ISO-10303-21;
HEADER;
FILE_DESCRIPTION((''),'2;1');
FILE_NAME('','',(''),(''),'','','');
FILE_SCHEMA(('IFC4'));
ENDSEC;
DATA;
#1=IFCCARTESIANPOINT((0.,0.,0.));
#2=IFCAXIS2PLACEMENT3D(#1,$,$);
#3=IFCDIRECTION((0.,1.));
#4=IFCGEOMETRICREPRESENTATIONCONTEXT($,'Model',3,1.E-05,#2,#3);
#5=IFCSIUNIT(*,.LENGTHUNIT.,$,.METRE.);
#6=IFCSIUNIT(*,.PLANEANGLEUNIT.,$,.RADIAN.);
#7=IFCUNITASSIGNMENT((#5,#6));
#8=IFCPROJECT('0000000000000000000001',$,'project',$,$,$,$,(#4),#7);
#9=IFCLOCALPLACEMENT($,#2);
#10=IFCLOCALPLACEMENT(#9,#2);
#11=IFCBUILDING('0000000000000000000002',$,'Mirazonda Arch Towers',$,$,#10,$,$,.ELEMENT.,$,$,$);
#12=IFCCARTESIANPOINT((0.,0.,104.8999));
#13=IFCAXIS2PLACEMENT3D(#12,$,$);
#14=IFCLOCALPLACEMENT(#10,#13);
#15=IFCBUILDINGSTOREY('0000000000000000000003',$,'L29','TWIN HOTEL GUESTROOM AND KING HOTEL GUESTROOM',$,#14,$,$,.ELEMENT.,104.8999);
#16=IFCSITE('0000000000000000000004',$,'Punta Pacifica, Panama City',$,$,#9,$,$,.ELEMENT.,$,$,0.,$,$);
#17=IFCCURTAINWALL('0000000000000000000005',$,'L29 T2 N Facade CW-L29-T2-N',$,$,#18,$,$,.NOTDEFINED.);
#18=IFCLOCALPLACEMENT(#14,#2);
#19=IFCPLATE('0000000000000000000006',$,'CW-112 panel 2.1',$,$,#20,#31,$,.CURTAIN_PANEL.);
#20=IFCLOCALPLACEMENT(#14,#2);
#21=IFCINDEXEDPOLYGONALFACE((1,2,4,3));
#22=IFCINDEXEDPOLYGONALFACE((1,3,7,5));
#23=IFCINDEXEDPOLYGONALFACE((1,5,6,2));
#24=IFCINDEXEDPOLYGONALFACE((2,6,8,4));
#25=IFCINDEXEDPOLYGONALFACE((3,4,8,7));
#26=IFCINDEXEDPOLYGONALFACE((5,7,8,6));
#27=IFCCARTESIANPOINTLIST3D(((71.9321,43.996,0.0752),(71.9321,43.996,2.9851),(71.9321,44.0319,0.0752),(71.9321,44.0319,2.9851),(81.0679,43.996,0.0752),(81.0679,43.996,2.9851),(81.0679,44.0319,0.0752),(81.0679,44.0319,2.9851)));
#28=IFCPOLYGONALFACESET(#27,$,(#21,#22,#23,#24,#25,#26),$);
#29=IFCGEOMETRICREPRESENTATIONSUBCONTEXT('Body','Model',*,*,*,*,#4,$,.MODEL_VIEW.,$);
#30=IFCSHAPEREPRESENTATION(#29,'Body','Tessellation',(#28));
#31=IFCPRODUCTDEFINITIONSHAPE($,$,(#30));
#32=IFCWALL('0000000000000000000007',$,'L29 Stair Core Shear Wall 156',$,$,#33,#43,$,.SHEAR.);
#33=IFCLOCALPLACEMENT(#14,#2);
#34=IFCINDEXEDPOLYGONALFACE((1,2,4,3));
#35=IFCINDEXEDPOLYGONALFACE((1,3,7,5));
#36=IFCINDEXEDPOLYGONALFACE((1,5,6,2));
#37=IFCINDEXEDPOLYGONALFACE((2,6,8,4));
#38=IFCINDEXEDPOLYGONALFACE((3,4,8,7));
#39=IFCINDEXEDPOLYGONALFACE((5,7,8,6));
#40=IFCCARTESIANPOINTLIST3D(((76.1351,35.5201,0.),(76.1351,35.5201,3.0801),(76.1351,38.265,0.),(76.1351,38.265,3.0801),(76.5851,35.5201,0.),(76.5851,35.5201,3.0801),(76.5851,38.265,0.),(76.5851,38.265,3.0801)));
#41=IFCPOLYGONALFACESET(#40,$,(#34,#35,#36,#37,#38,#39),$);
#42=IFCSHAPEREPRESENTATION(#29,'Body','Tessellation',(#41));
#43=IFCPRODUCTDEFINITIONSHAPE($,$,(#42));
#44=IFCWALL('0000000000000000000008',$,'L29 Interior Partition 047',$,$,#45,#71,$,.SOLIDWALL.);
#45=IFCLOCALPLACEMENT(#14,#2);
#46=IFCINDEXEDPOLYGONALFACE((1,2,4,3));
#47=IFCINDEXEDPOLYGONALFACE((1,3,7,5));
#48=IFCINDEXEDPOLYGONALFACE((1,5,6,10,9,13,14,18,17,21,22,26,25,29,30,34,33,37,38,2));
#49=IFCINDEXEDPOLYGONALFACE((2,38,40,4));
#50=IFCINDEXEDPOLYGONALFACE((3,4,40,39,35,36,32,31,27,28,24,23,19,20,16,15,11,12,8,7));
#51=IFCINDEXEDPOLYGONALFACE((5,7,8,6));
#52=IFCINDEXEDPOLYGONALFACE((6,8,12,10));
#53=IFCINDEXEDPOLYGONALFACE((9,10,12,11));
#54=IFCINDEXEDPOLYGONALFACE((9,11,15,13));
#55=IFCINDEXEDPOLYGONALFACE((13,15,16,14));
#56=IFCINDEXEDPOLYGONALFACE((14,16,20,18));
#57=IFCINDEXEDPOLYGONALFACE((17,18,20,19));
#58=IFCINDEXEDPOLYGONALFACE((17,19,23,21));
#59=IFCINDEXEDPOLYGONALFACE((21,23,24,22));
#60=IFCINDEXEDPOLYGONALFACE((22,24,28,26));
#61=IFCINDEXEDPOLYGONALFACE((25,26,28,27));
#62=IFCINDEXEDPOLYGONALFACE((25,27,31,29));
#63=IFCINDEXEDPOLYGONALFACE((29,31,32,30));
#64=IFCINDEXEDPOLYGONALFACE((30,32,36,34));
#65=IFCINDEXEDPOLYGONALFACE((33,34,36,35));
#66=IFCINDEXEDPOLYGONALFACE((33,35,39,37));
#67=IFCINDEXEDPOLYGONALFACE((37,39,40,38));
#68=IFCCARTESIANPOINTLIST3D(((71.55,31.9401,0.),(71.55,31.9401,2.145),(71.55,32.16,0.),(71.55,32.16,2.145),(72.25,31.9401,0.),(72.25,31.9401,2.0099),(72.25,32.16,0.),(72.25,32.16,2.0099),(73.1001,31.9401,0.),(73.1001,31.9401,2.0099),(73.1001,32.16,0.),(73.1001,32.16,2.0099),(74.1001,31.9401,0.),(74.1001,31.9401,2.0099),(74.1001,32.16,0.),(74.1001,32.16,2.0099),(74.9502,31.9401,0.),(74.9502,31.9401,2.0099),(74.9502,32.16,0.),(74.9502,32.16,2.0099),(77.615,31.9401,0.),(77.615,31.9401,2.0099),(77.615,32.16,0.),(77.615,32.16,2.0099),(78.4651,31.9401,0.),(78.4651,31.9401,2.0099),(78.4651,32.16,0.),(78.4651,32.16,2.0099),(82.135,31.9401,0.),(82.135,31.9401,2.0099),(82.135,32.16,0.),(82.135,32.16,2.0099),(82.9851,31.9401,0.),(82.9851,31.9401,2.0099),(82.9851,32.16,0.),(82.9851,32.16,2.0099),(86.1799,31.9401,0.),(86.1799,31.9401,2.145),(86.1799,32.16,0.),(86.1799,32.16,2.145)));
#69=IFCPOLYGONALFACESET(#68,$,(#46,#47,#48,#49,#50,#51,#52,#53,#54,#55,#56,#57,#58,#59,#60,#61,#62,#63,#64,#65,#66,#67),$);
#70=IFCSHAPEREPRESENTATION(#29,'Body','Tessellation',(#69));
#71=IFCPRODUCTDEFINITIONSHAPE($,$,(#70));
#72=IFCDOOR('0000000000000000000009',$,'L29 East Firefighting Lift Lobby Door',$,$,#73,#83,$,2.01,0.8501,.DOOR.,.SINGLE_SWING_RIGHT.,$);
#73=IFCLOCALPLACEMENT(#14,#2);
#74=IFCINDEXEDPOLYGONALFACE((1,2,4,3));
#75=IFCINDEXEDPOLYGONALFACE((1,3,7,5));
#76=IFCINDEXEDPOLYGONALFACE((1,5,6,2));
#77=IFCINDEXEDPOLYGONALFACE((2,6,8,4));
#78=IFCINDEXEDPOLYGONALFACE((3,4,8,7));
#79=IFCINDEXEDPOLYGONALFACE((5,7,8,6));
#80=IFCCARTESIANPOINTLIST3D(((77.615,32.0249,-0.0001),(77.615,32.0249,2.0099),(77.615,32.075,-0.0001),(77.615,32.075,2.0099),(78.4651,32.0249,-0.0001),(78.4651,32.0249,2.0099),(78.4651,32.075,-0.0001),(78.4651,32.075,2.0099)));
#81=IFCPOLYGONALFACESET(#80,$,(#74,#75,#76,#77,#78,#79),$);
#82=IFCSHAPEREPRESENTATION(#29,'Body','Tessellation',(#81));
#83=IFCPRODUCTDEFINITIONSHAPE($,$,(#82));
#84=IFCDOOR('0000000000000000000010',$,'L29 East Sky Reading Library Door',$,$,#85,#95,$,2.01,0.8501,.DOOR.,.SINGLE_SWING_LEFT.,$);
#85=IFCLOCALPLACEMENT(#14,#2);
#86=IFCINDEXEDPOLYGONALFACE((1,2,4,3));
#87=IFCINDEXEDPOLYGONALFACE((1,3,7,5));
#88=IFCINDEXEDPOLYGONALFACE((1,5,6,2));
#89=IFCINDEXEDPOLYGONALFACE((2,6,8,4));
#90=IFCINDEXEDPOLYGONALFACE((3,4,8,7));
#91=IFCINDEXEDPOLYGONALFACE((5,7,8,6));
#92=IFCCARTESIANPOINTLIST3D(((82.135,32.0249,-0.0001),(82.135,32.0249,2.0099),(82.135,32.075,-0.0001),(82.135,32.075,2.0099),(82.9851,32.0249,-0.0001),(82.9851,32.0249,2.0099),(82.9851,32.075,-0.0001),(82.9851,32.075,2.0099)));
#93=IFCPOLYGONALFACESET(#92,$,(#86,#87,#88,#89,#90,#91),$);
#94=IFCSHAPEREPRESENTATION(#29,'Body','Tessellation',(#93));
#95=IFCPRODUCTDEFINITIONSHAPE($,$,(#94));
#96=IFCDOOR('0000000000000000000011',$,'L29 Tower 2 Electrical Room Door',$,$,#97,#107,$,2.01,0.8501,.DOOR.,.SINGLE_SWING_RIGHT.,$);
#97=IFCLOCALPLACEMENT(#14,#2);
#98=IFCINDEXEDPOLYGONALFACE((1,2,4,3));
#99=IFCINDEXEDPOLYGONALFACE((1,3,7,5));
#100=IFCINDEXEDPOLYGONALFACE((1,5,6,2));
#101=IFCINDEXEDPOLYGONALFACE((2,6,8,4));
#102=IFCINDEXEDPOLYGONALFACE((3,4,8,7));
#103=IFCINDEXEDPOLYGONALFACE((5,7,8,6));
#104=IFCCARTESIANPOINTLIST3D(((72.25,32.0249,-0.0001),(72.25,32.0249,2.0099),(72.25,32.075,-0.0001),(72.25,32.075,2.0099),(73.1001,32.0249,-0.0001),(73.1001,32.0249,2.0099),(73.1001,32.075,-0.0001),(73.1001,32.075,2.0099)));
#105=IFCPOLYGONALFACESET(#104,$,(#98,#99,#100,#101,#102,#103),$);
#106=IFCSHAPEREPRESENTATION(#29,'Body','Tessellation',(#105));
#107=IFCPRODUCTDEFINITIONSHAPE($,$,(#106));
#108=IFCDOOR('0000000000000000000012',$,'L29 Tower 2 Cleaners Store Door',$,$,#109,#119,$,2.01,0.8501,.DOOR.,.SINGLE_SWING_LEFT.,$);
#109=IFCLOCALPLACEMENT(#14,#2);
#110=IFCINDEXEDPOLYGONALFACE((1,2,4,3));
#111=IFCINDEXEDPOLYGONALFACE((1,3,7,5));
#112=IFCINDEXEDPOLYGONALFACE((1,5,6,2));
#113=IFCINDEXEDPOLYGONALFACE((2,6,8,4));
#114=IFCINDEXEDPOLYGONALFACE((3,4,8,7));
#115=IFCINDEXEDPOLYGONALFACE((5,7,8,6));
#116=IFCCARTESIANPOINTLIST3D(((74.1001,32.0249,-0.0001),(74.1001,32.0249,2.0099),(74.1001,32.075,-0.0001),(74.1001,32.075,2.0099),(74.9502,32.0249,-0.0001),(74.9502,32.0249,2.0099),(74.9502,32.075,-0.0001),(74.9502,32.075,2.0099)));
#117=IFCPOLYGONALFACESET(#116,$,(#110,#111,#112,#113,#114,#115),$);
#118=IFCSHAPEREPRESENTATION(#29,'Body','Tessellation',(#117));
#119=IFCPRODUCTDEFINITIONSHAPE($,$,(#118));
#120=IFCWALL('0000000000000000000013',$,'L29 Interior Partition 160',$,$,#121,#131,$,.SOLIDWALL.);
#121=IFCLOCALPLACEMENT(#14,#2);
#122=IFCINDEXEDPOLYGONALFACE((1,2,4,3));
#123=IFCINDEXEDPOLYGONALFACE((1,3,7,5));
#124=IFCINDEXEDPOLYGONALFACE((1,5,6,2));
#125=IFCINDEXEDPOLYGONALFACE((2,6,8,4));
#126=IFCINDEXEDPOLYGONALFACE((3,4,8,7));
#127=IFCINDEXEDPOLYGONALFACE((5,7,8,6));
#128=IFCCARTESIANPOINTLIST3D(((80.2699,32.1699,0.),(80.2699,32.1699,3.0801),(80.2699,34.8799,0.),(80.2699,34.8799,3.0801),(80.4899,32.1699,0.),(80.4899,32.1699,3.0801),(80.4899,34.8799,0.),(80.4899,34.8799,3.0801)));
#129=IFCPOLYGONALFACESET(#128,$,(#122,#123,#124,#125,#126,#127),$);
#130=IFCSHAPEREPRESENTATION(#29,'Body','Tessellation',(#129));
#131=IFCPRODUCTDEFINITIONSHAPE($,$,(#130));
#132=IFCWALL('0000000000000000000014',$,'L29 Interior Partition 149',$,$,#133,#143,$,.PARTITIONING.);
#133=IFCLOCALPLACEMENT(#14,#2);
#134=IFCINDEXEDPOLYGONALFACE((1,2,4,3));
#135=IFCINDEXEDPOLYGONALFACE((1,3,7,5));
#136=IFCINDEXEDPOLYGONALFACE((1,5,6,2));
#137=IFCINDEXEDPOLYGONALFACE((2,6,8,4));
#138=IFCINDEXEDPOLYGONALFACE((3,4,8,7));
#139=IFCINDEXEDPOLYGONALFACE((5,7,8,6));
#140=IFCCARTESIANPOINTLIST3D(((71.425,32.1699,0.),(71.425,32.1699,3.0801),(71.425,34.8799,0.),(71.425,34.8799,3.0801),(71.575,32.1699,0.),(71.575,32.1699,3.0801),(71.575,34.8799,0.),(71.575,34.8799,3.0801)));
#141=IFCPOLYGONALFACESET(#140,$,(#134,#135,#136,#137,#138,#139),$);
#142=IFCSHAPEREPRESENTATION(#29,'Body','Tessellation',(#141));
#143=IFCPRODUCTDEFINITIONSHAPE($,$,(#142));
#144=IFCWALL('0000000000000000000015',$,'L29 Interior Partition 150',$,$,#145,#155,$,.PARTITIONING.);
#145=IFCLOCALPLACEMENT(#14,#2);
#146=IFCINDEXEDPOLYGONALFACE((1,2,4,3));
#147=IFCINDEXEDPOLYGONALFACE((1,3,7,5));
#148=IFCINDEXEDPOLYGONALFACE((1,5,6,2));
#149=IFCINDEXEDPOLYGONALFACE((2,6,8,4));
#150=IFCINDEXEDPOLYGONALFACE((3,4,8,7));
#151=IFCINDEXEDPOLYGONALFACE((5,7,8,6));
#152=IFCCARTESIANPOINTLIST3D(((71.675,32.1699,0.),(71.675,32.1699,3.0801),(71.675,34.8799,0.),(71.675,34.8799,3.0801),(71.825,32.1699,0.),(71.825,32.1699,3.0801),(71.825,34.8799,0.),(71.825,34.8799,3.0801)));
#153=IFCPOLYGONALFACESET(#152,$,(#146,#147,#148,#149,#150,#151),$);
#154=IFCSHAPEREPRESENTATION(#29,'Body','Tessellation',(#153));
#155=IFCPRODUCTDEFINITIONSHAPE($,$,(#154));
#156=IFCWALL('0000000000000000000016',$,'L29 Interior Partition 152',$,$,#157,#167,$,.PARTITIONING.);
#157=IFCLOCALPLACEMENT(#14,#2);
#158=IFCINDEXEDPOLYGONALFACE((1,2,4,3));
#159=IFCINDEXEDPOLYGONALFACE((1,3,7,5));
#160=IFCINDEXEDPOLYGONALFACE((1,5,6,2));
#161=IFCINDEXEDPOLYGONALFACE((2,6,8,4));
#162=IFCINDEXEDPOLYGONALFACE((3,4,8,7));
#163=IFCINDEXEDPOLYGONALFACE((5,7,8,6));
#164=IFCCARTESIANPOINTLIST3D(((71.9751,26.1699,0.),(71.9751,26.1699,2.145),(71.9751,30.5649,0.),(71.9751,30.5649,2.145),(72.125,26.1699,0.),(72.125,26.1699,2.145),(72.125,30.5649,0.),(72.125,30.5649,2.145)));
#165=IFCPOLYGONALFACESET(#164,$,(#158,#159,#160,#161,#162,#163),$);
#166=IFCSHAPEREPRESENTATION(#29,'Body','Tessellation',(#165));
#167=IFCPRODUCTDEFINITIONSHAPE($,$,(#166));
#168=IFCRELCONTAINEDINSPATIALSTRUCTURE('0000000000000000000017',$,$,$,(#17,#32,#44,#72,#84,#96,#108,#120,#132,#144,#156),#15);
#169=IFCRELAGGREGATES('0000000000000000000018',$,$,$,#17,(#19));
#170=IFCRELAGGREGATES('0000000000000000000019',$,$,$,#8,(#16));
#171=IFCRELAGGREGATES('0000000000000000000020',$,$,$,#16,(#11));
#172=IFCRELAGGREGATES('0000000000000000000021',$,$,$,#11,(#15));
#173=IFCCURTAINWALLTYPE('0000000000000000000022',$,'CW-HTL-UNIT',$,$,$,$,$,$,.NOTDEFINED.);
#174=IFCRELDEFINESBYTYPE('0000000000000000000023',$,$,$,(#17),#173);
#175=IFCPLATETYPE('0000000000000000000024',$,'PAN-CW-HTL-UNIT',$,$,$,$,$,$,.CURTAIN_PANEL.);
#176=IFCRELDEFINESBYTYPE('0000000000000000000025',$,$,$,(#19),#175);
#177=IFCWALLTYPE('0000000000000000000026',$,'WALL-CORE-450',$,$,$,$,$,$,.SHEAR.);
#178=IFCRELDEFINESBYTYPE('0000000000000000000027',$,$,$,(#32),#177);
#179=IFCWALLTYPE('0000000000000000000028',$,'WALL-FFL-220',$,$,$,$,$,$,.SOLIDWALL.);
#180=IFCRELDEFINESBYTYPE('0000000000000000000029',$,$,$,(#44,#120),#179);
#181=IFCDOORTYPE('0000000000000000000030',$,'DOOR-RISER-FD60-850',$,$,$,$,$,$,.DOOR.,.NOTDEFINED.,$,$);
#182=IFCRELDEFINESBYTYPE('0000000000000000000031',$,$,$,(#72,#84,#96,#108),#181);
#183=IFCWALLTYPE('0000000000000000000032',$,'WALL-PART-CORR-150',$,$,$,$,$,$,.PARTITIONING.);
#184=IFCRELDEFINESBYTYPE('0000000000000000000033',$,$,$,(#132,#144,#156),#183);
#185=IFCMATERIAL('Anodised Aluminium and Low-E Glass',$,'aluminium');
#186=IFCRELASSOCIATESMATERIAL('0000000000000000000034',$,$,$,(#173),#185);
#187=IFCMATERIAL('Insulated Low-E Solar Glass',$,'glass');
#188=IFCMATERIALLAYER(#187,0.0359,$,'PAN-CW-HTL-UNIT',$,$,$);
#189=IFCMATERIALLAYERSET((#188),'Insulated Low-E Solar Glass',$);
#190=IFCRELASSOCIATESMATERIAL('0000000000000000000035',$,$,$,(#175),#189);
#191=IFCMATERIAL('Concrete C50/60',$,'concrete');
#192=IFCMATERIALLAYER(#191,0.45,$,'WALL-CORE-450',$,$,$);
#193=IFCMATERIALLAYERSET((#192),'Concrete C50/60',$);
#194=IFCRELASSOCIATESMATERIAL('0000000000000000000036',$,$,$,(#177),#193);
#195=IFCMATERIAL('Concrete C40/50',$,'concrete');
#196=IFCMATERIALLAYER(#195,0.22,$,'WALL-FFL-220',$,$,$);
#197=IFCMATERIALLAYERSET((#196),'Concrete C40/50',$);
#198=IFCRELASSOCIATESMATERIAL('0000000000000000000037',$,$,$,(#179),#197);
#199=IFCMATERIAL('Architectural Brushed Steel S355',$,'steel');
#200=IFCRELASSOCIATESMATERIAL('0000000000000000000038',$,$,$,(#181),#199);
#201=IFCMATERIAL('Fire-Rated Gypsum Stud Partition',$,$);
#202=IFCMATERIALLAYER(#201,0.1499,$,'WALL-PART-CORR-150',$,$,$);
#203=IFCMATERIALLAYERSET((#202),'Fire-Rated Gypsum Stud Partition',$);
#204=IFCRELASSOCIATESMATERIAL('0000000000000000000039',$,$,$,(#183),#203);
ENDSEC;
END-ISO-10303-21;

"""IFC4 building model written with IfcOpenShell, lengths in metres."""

from ifc_helpers import new_model, si_unit, direction, frame, frame_2d, origin, origin_2d, place, context, subcontext, project, spatial, rectangle, extrude, material, layer, layer_set, type_object, element, fill, aggregate, save


model = new_model("IFC4")

# Units and contexts
model_context = context("Model", 3, precision=1e-05, world=origin(), true_north=direction((0.0, 1.0)))
body_context = subcontext(model_context, "Body", "Model", "MODEL_VIEW")
ifc_project = project(units=[si_unit("LENGTHUNIT", "METRE"), si_unit("PLANEANGLEUNIT", "RADIAN")], contexts=[model_context])

# Site, building, storey
site_placement = place(None, origin())
site = spatial("IfcSite", under=ifc_project, at=site_placement, Name="Punta Pacifica, Panama City", CompositionType="ELEMENT", RefElevation=0.0)
building_placement = place(site_placement, origin())
building = spatial("IfcBuilding", under=site, at=building_placement, Name="Mirazonda Arch Towers", CompositionType="ELEMENT")
storey_placement = place(building_placement, frame((0.0, 0.0, 104.8999)))
storey = spatial("IfcBuildingStorey", under=building, at=storey_placement, Name="L29", Description="TWIN HOTEL GUESTROOM AND KING HOTEL GUESTROOM", CompositionType="ELEMENT", Elevation=104.8999)

# Shared definitions
ifc_material_1 = material(Name="Concrete C50/60", Category="concrete")

# Curtain wall, plate
ifc_material_2 = material(Name="Anodised Aluminium and Low-E Glass", Category="aluminium")
curtain_wall_type = type_object("IfcCurtainWallType", Name="CW-HTL-UNIT", PredefinedType="NOTDEFINED", material=ifc_material_2)
curtain_wall_placement = place(storey_placement, origin())
curtain_wall = element("IfcCurtainWall", 1, at=curtain_wall_placement, inside=storey, type_object=curtain_wall_type, Name="L29 T2 N Facade CW-L29-T2-N", PredefinedType="NOTDEFINED")
ifc_material_3 = material(Name="Insulated Low-E Solar Glass", Category="glass")
ifc_layer_1 = layer(ifc_material_3, 0.0359, Name="PAN-CW-HTL-UNIT")
ifc_layer_set_1 = layer_set([ifc_layer_1], Name="Insulated Low-E Solar Glass")
plate_type = type_object("IfcPlateType", Name="PAN-CW-HTL-UNIT", PredefinedType="CURTAIN_PANEL", material=ifc_layer_set_1)
plate_placement = place(storey_placement, frame((76.5, 44.0139, 0.0752), z_axis=(0.0, 0.0, 1.0), x_axis=(1.0, 0.0, 0.0)))
plate = element("IfcPlate", 2, at=plate_placement, type_object=plate_type, Name="CW-112 panel 2.1", PredefinedType="CURTAIN_PANEL", context=body_context, shape_type="SweptSolid", body=[
    extrude(rectangle(XDim=9.1357, YDim=0.0359, at=origin_2d()), origin(), (0.0, 0.0, 1.0), 2.9099),
])
aggregate(curtain_wall, [plate])

# Wall
ifc_layer_2 = layer(ifc_material_1, 0.45, Name="WALL-CORE-450")
ifc_layer_set_2 = layer_set([ifc_layer_2], Name="Concrete C50/60")
wall_type_1 = type_object("IfcWallType", Name="WALL-CORE-450", PredefinedType="SHEAR", material=ifc_layer_set_2)
wall_1_placement = place(storey_placement, frame((76.3601, 35.52, 0.0), z_axis=(0.0, 0.0, 1.0), x_axis=(0.0, 1.0, 0.0)))
element("IfcWall", 3, at=wall_1_placement, inside=storey, type_object=wall_type_1, Name="L29 Stair Core Shear Wall 156", PredefinedType="SHEAR", context=body_context, shape_type="SweptSolid", body=[
    extrude(rectangle(XDim=2.7449, YDim=0.45, at=frame_2d((1.3726, 0.0))), origin(), (0.0, 0.0, 1.0), 3.0801),
])

# Wall, openings, doors
ifc_material_4 = material(Name="Concrete C40/50", Category="concrete")
ifc_layer_3 = layer(ifc_material_4, 0.22, Name="WALL-FFL-220")
ifc_layer_set_3 = layer_set([ifc_layer_3], Name="Concrete C40/50")
wall_type_2 = type_object("IfcWallType", Name="WALL-FFL-220", PredefinedType="SOLIDWALL", material=ifc_layer_set_3)
wall_2_placement = place(storey_placement, frame((71.55, 32.05, 0.0), z_axis=(0.0, 0.0, 1.0), x_axis=(1.0, 0.0, 0.0)))
wall_2 = element("IfcWall", 4, at=wall_2_placement, inside=storey, type_object=wall_type_2, Name="L29 Interior Partition 047", PredefinedType="SOLIDWALL", context=body_context, shape_type="SweptSolid", body=[
    extrude(rectangle(XDim=14.6299, YDim=0.22, at=frame_2d((7.3149, 0.0))), origin(), (0.0, 0.0, 1.0), 2.145),
])
opening_1_placement = place(wall_2_placement, frame((6.0649, 0.0, 0.0)))
opening_1 = element("IfcOpeningElement", 5, at=opening_1_placement, cuts=wall_2, PredefinedType="OPENING", context=body_context, shape_type="SweptSolid", body=[
    extrude(rectangle(XDim=0.8501, YDim=2.01, at=frame_2d((0.425, 1.0049))), frame((0.0, 0.1199, 0.0), z_axis=(0.0, -1.0, 0.0), x_axis=(1.0, 0.0, 0.0)), (0.0, 0.0, 1.0), 0.24),
])
opening_2_placement = place(wall_2_placement, frame((10.585, 0.0, 0.0)))
opening_2 = element("IfcOpeningElement", 6, at=opening_2_placement, cuts=wall_2, PredefinedType="OPENING", context=body_context, shape_type="SweptSolid", body=[
    extrude(rectangle(XDim=0.8501, YDim=2.01, at=frame_2d((0.425, 1.0049))), frame((0.0, 0.1199, 0.0), z_axis=(0.0, -1.0, 0.0), x_axis=(1.0, 0.0, 0.0)), (0.0, 0.0, 1.0), 0.24),
])
opening_3_placement = place(wall_2_placement, frame((0.7, 0.0, 0.0)))
opening_3 = element("IfcOpeningElement", 7, at=opening_3_placement, cuts=wall_2, PredefinedType="OPENING", context=body_context, shape_type="SweptSolid", body=[
    extrude(rectangle(XDim=0.8501, YDim=2.01, at=frame_2d((0.425, 1.0049))), frame((0.0, 0.1199, 0.0), z_axis=(0.0, -1.0, 0.0), x_axis=(1.0, 0.0, 0.0)), (0.0, 0.0, 1.0), 0.24),
])
opening_4_placement = place(wall_2_placement, frame((2.55, 0.0, 0.0)))
opening_4 = element("IfcOpeningElement", 8, at=opening_4_placement, cuts=wall_2, PredefinedType="OPENING", context=body_context, shape_type="SweptSolid", body=[
    extrude(rectangle(XDim=0.8501, YDim=2.01, at=frame_2d((0.425, 1.0049))), frame((0.0, 0.1199, 0.0), z_axis=(0.0, -1.0, 0.0), x_axis=(1.0, 0.0, 0.0)), (0.0, 0.0, 1.0), 0.24),
])
ifc_material_5 = material(Name="Architectural Brushed Steel S355", Category="steel")
door_type = type_object("IfcDoorType", Name="DOOR-RISER-FD60-850", OperationType="NOTDEFINED", PredefinedType="DOOR", material=ifc_material_5)
door_1_placement = place(opening_1_placement, origin())
door_1 = element("IfcDoor", 9, at=door_1_placement, inside=storey, type_object=door_type, Name="L29 East Firefighting Lift Lobby Door", OperationType="SINGLE_SWING_RIGHT", OverallHeight=2.01, OverallWidth=0.8501, PredefinedType="DOOR", context=body_context, shape_type="SweptSolid", body=[
    extrude(rectangle(XDim=0.8501, YDim=2.01, at=frame_2d((0.425, 1.0049))), frame((0.0, 0.0249, 0.0), z_axis=(0.0, -1.0, 0.0), x_axis=(1.0, 0.0, 0.0)), (0.0, 0.0, 1.0), 0.05),
])
fill(opening_1, door_1)
door_2_placement = place(opening_2_placement, origin())
door_2 = element("IfcDoor", 10, at=door_2_placement, inside=storey, type_object=door_type, Name="L29 East Sky Reading Library Door", OperationType="SINGLE_SWING_LEFT", OverallHeight=2.01, OverallWidth=0.8501, PredefinedType="DOOR", context=body_context, shape_type="SweptSolid", body=[
    extrude(rectangle(XDim=0.8501, YDim=2.01, at=frame_2d((0.425, 1.0049))), frame((0.0, 0.0249, 0.0), z_axis=(0.0, -1.0, 0.0), x_axis=(1.0, 0.0, 0.0)), (0.0, 0.0, 1.0), 0.05),
])
fill(opening_2, door_2)
door_3_placement = place(opening_3_placement, origin())
door_3 = element("IfcDoor", 11, at=door_3_placement, inside=storey, type_object=door_type, Name="L29 Tower 2 Electrical Room Door", OperationType="SINGLE_SWING_RIGHT", OverallHeight=2.01, OverallWidth=0.8501, PredefinedType="DOOR", context=body_context, shape_type="SweptSolid", body=[
    extrude(rectangle(XDim=0.8501, YDim=2.01, at=frame_2d((0.425, 1.0049))), frame((0.0, 0.0249, 0.0), z_axis=(0.0, -1.0, 0.0), x_axis=(1.0, 0.0, 0.0)), (0.0, 0.0, 1.0), 0.05),
])
fill(opening_3, door_3)
door_4_placement = place(opening_4_placement, origin())
door_4 = element("IfcDoor", 12, at=door_4_placement, inside=storey, type_object=door_type, Name="L29 Tower 2 Cleaners Store Door", OperationType="SINGLE_SWING_LEFT", OverallHeight=2.01, OverallWidth=0.8501, PredefinedType="DOOR", context=body_context, shape_type="SweptSolid", body=[
    extrude(rectangle(XDim=0.8501, YDim=2.01, at=frame_2d((0.425, 1.0049))), frame((0.0, 0.0249, 0.0), z_axis=(0.0, -1.0, 0.0), x_axis=(1.0, 0.0, 0.0)), (0.0, 0.0, 1.0), 0.05),
])
fill(opening_4, door_4)

# Walls
wall_3_placement = place(storey_placement, frame((80.3799, 32.1699, 0.0), z_axis=(0.0, 0.0, 1.0), x_axis=(0.0, 1.0, 0.0)))
element("IfcWall", 13, at=wall_3_placement, inside=storey, type_object=wall_type_2, Name="L29 Interior Partition 160", PredefinedType="SOLIDWALL", context=body_context, shape_type="SweptSolid", body=[
    extrude(rectangle(XDim=2.71, YDim=0.22, at=frame_2d((1.355, 0.0))), origin(), (0.0, 0.0, 1.0), 3.0801),
])
ifc_material_6 = material(Name="Fire-Rated Gypsum Stud Partition")
ifc_layer_4 = layer(ifc_material_6, 0.1499, Name="WALL-PART-CORR-150")
ifc_layer_set_4 = layer_set([ifc_layer_4], Name="Fire-Rated Gypsum Stud Partition")
wall_type_3 = type_object("IfcWallType", Name="WALL-PART-CORR-150", PredefinedType="PARTITIONING", material=ifc_layer_set_4)
for number, where, z_axis, x_axis, name in (
    (14, (71.5, 32.1699, 0.0), (0.0, 0.0, 1.0), (0.0, 1.0, 0.0), "L29 Interior Partition 149"),
    (15, (71.75, 32.1699, 0.0), (0.0, 0.0, 1.0), (0.0, 1.0, 0.0), "L29 Interior Partition 150"),
):
    element("IfcWall", number, at=place(storey_placement, frame(where, z_axis=z_axis, x_axis=x_axis)), inside=storey, type_object=wall_type_3, Name=name, PredefinedType="PARTITIONING", context=body_context, shape_type="SweptSolid", body=[
        extrude(rectangle(XDim=2.71, YDim=0.1499, at=frame_2d((1.355, 0.0))), origin(), (0.0, 0.0, 1.0), 3.0801),
    ])
wall_4_placement = place(storey_placement, frame((72.05, 26.1699, 0.0), z_axis=(0.0, 0.0, 1.0), x_axis=(0.0, 1.0, 0.0)))
element("IfcWall", 16, at=wall_4_placement, inside=storey, type_object=wall_type_3, Name="L29 Interior Partition 152", PredefinedType="PARTITIONING", context=body_context, shape_type="SweptSolid", body=[
    extrude(rectangle(XDim=4.395, YDim=0.1499, at=frame_2d((2.1975, 0.0))), origin(), (0.0, 0.0, 1.0), 2.145),
])

save(model, "model.ifc")
